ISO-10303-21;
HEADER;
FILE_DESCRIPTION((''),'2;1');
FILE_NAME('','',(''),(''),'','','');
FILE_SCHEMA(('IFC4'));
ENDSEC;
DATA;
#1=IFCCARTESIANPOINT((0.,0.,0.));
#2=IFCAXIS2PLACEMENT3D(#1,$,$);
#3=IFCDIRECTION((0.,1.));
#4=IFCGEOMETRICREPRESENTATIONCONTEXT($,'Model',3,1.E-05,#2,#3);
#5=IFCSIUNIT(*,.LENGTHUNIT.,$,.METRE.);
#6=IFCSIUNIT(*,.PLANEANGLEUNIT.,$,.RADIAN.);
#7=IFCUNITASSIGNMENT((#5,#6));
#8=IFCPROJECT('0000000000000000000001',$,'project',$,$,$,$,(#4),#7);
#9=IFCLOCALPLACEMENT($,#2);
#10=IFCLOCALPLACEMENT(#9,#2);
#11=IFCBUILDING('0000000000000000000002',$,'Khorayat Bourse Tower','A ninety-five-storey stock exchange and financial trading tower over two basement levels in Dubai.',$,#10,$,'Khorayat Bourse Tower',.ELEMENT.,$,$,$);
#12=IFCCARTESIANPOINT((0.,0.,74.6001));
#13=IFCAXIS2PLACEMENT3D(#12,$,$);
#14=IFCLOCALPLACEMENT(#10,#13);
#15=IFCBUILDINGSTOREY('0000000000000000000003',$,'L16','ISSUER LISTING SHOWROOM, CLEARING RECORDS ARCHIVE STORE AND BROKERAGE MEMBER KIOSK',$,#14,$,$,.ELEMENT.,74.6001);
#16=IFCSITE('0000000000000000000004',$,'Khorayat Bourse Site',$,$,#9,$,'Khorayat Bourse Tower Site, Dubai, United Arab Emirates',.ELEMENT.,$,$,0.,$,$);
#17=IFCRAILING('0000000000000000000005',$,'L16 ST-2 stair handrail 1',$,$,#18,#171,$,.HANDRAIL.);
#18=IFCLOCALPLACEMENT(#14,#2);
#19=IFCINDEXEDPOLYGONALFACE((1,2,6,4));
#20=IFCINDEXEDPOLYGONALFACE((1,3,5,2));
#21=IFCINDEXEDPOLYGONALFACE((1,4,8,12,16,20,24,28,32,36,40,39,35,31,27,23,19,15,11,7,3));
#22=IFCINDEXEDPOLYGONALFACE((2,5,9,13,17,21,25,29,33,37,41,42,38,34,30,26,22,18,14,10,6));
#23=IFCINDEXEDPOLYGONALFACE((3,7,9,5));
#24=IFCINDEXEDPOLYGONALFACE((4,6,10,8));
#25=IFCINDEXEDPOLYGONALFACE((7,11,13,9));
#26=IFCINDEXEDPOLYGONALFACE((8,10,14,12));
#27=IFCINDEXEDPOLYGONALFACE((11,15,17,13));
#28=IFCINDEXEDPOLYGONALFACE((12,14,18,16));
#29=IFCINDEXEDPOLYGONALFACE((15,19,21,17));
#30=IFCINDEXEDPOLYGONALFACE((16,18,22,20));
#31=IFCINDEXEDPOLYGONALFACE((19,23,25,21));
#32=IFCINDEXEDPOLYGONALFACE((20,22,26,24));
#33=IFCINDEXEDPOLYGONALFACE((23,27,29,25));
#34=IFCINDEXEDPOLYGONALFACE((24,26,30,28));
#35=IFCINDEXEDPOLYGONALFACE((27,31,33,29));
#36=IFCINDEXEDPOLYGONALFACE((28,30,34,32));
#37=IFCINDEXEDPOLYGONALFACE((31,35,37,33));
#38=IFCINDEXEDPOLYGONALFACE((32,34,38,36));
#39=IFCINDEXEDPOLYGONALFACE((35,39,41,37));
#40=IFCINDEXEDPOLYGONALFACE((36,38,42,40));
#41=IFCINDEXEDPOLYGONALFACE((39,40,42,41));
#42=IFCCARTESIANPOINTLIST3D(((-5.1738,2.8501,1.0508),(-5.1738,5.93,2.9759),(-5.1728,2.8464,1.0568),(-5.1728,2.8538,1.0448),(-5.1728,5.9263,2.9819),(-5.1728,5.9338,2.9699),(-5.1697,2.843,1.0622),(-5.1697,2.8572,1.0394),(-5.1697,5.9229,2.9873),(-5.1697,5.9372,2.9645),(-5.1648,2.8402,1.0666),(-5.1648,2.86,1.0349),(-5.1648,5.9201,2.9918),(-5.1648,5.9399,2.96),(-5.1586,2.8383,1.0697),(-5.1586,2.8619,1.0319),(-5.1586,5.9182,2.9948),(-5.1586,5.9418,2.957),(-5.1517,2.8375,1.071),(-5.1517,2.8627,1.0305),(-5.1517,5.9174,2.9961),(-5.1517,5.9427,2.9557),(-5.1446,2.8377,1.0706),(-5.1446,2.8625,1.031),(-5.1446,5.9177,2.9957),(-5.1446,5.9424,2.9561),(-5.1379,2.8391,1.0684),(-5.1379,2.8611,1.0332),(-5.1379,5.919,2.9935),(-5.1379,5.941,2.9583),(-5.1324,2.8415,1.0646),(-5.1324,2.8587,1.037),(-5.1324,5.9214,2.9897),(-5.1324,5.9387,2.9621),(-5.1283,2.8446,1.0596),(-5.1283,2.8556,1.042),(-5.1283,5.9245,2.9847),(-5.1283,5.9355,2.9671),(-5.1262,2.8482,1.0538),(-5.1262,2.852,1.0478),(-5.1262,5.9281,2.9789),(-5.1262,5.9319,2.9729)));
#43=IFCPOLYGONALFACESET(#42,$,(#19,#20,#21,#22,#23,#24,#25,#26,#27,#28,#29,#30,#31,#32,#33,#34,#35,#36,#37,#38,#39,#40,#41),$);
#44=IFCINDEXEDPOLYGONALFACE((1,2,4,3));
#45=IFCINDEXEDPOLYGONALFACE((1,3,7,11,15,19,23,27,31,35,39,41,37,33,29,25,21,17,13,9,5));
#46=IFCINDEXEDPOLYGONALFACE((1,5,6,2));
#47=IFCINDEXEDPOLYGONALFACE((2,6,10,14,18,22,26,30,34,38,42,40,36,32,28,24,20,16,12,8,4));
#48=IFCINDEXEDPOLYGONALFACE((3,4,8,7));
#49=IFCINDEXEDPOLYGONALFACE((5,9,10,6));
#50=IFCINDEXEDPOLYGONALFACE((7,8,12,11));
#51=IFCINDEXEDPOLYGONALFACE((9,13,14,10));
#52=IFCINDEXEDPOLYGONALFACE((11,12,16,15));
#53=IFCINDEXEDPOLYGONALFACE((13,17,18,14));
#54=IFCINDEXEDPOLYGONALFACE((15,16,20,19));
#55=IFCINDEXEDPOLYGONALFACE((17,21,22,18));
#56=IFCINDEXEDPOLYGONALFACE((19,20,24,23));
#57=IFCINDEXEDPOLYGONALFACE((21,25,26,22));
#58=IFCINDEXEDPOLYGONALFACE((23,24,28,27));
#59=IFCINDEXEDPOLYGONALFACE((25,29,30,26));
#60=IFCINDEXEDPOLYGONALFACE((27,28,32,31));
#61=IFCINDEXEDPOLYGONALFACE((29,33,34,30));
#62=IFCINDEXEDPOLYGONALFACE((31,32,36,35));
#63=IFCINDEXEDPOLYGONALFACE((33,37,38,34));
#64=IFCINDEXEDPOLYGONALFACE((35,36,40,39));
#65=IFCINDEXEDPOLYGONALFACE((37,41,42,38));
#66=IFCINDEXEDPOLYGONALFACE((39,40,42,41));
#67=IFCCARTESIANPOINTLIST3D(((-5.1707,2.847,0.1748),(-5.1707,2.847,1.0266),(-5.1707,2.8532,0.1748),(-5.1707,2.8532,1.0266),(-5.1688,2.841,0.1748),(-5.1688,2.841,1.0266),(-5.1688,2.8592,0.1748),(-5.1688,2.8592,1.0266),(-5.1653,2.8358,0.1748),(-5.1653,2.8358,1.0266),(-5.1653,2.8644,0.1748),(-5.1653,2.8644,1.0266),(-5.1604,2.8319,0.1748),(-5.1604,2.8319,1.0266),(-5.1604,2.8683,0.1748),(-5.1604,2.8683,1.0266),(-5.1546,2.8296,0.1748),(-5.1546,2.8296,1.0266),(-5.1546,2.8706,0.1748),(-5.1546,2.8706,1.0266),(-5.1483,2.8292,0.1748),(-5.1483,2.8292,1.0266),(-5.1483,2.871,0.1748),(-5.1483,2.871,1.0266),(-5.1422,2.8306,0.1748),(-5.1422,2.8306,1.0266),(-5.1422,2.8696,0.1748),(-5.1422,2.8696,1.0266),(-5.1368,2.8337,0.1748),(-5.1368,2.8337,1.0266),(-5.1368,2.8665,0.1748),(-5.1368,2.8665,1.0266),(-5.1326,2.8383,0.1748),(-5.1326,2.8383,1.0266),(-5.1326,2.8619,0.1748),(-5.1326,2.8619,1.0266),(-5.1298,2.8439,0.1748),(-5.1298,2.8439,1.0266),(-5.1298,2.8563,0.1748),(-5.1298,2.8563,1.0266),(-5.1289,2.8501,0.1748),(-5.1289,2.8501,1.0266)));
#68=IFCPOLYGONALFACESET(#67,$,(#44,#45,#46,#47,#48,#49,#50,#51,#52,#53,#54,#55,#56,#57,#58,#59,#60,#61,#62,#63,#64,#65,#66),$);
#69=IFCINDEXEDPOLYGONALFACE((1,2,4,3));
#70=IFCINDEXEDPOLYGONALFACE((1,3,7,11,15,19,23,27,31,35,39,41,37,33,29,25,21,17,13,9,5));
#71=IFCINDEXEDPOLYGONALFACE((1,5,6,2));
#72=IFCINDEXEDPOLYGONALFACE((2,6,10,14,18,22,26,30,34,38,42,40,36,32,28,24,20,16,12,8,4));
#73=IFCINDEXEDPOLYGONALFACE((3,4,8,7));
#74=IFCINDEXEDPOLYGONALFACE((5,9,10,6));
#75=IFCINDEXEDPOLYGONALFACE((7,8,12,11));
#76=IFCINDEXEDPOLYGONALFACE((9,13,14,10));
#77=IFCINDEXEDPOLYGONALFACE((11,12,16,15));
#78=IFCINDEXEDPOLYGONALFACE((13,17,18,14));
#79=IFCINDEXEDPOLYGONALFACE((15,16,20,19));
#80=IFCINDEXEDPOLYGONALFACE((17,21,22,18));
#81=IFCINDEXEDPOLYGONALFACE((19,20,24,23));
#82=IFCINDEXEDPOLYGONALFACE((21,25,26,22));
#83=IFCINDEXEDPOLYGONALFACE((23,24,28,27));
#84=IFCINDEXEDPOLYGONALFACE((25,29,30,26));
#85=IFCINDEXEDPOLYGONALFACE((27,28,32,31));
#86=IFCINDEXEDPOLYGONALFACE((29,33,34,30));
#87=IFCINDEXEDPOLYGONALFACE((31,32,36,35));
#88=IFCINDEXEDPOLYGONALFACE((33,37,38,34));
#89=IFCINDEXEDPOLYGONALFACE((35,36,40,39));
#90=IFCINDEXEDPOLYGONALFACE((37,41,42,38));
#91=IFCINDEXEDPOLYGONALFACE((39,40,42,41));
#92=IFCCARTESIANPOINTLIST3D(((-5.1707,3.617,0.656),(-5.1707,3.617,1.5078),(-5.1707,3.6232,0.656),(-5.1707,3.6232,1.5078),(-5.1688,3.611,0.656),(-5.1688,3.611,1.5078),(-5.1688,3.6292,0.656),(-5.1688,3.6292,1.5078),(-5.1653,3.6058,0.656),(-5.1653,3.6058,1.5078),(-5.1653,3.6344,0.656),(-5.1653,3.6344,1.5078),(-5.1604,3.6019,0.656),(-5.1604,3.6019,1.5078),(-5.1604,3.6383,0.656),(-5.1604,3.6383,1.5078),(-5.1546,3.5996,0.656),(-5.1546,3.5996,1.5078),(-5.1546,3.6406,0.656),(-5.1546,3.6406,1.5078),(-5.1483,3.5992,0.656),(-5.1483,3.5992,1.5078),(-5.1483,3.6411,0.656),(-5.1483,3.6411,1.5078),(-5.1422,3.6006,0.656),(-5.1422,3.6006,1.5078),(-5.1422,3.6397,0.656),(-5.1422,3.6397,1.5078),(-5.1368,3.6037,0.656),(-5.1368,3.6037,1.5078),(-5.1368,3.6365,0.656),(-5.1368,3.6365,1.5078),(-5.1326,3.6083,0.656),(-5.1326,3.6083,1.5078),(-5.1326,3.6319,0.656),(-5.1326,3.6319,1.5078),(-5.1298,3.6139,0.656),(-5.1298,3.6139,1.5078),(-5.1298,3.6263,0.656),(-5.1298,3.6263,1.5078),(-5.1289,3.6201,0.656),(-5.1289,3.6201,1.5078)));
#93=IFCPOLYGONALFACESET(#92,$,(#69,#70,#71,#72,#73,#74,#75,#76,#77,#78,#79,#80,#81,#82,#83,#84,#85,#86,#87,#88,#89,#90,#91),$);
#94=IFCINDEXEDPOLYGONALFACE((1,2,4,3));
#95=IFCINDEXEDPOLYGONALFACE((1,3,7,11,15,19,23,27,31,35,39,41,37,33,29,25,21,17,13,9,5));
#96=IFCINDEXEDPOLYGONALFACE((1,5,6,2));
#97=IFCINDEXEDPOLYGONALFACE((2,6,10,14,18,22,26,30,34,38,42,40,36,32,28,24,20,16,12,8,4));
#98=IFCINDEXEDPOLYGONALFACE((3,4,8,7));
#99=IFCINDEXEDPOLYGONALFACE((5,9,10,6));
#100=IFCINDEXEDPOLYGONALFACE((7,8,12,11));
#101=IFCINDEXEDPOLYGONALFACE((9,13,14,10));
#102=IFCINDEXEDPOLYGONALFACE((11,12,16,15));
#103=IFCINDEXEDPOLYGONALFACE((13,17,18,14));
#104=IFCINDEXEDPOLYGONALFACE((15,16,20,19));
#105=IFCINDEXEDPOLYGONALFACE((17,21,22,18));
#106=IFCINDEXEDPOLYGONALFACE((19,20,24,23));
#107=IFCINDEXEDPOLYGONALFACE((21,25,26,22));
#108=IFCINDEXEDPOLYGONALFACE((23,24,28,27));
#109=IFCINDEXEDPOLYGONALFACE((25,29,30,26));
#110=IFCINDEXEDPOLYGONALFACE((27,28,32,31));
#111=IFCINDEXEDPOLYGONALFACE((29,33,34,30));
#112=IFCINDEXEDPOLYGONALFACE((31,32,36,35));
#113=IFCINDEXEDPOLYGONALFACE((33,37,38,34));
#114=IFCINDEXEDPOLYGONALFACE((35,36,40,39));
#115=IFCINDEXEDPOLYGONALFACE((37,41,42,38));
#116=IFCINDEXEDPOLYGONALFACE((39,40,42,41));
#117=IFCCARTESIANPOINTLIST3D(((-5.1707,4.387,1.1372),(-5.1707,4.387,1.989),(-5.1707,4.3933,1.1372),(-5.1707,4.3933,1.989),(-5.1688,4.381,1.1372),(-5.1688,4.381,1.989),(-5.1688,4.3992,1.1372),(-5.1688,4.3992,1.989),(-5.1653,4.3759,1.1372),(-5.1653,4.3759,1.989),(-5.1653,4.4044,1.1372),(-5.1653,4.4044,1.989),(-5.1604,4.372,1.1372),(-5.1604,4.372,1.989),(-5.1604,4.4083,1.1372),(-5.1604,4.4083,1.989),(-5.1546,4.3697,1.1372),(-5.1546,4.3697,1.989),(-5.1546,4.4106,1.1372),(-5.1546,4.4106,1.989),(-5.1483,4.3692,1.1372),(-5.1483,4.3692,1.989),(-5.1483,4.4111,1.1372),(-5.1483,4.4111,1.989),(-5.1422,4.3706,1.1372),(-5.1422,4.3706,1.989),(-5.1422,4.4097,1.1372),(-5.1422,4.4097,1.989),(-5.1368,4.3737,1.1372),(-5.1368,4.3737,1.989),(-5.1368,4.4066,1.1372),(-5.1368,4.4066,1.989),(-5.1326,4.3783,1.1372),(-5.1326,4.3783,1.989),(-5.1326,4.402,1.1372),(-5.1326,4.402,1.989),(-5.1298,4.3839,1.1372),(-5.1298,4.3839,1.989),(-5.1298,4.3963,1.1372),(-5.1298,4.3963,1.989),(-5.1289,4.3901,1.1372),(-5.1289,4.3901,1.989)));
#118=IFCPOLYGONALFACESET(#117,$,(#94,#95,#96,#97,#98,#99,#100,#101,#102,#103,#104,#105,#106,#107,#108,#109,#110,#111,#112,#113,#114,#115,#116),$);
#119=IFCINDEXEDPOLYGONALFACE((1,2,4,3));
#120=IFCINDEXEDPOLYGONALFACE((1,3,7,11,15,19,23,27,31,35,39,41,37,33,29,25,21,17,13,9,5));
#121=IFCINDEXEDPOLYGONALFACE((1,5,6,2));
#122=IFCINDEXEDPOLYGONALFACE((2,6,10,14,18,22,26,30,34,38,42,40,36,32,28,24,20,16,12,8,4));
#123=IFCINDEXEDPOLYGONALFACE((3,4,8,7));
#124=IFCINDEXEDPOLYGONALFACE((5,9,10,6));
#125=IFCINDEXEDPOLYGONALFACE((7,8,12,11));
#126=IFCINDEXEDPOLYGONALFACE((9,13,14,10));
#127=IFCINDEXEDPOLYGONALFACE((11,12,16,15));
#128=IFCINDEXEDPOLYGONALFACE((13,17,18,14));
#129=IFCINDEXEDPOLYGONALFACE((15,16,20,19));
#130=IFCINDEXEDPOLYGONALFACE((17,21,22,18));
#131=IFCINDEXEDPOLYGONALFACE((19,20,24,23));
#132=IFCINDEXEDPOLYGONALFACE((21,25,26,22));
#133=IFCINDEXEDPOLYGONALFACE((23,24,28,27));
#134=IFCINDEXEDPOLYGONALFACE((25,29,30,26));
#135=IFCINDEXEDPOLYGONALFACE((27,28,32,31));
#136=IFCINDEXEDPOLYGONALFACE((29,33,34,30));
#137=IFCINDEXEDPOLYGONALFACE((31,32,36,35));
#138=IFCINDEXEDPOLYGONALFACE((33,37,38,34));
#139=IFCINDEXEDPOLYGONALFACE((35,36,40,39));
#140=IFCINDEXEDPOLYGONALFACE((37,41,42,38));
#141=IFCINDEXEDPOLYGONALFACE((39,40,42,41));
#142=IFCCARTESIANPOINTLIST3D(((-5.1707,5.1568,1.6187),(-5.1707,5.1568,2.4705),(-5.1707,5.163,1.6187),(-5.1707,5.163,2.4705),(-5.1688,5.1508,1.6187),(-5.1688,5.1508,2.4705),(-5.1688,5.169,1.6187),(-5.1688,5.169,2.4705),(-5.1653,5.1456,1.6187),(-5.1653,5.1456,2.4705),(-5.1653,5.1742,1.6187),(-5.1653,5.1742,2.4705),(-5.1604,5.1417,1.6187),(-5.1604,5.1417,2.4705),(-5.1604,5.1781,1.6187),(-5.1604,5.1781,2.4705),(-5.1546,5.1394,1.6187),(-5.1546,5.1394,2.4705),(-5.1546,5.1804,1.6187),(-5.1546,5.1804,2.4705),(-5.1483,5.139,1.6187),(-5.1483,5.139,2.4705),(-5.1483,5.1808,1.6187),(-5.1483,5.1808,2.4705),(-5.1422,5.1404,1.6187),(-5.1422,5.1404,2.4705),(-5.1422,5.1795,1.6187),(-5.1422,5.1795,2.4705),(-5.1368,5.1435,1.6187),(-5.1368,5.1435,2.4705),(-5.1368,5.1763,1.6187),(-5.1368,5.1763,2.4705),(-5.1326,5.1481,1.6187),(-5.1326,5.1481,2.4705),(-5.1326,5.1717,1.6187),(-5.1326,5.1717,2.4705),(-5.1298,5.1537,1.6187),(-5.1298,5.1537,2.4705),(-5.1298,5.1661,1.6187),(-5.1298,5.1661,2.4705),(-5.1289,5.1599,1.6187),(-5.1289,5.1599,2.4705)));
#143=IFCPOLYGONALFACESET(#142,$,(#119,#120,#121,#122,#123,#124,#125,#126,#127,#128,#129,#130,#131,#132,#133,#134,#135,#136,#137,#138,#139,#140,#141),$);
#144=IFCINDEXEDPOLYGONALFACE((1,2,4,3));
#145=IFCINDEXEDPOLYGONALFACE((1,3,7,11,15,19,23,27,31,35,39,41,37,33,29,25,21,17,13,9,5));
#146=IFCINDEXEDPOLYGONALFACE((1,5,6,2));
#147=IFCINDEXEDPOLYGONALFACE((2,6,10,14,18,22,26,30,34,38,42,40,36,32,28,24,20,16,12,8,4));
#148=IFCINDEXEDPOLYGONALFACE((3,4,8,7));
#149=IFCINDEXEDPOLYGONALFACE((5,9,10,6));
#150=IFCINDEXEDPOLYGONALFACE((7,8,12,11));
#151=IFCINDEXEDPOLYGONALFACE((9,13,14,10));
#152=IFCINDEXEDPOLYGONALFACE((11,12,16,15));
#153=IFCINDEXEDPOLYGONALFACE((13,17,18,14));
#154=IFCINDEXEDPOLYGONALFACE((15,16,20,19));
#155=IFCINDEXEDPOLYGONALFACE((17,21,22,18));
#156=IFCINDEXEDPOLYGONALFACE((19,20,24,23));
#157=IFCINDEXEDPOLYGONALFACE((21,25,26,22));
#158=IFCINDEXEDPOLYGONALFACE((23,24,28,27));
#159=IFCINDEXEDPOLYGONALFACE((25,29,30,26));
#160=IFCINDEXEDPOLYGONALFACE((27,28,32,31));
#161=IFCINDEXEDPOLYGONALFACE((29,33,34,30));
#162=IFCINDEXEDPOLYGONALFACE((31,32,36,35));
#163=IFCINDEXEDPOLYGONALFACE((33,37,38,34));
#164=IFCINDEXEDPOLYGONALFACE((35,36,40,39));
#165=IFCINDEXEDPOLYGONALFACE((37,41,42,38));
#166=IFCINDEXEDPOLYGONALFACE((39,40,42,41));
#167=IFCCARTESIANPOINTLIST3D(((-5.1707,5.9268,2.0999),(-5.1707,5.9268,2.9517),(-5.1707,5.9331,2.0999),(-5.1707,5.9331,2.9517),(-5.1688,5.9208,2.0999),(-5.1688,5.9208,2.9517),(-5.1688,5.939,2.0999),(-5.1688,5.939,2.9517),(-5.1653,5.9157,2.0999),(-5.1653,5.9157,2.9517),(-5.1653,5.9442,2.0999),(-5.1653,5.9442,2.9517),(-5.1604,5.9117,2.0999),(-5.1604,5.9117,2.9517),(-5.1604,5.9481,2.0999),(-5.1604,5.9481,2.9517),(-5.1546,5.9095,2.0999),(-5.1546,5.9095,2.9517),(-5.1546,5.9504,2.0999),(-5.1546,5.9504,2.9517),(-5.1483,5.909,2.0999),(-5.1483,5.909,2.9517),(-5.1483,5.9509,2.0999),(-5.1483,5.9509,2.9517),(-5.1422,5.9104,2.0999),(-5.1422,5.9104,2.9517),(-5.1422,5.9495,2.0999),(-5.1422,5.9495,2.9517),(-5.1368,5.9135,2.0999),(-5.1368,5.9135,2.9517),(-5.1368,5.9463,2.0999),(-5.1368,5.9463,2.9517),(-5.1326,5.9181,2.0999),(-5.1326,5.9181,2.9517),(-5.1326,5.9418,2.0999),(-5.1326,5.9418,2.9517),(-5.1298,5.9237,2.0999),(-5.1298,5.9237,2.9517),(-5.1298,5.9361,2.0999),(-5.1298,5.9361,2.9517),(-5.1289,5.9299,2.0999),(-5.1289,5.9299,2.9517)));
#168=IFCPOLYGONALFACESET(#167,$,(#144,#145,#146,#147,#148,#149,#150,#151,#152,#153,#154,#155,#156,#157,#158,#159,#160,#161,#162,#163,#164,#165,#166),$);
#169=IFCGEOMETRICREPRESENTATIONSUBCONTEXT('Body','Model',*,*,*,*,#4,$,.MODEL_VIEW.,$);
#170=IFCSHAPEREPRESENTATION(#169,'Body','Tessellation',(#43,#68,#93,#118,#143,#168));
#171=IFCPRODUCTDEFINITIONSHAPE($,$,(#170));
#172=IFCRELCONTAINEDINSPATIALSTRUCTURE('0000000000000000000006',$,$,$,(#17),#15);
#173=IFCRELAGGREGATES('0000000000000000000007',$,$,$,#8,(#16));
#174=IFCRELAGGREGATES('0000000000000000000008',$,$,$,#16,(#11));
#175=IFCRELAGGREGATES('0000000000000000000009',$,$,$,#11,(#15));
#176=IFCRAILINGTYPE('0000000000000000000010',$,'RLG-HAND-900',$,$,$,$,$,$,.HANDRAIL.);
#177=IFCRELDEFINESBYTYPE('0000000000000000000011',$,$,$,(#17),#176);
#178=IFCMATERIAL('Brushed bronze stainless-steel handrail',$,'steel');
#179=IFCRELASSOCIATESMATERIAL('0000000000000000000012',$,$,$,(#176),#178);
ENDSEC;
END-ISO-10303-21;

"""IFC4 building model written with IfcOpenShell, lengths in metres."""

from ifc_helpers import new_model, si_unit, direction, frame, origin, origin_2d, place, context, subcontext, project, spatial, circle, extrude, source, transform, mapped, material, type_object, element, save


model = new_model("IFC4")

# Units and contexts
model_context = context("Model", 3, precision=1e-05, world=origin(), true_north=direction((0.0, 1.0)))
body_context = subcontext(model_context, "Body", "Model", "MODEL_VIEW")
ifc_project = project(units=[si_unit("LENGTHUNIT", "METRE"), si_unit("PLANEANGLEUNIT", "RADIAN")], contexts=[model_context])

# Site, building, storey
site_placement = place(None, origin())
site = spatial("IfcSite", under=ifc_project, at=site_placement, Name="Khorayat Bourse Site", LongName="Khorayat Bourse Tower Site, Dubai, United Arab Emirates", CompositionType="ELEMENT", RefElevation=0.0)
building_placement = place(site_placement, origin())
building = spatial("IfcBuilding", under=site, at=building_placement, Name="Khorayat Bourse Tower", Description="A ninety-five-storey stock exchange and financial trading tower over two basement levels in Dubai.", LongName="Khorayat Bourse Tower", CompositionType="ELEMENT")
storey_placement = place(building_placement, frame((0.0, 0.0, 74.6001)))
storey = spatial("IfcBuildingStorey", under=building, at=storey_placement, Name="L16", Description="ISSUER LISTING SHOWROOM, CLEARING RECORDS ARCHIVE STORE AND BROKERAGE MEMBER KIOSK", CompositionType="ELEMENT", Elevation=74.6001)

# Railing
ifc_material_1 = material(Name="Brushed bronze stainless-steel handrail", Category="steel")
railing_type_1 = type_object("IfcRailingType", Name="RLG-HAND-900", PredefinedType="HANDRAIL", material=ifc_material_1)
shared_shape_1 = source(origin(), body_context, "Body", "SweptSolid", [
    extrude(circle(Radius=0.0239, at=origin_2d()), frame((0.0, 0.0, 0.876), z_axis=(0.0, 0.847979, 0.530029), x_axis=(-1.0, 0.0, 0.0)), (0.0, 0.0, 1.0), 3.6321),
    extrude(circle(Radius=0.021, at=origin_2d()), origin(), (0.0, 0.0, 1.0), 0.8518),
    extrude(circle(Radius=0.021, at=origin_2d()), frame((0.0, 0.77, 0.4812)), (0.0, 0.0, 1.0), 0.8518),
    extrude(circle(Radius=0.021, at=origin_2d()), frame((0.0, 1.54, 0.9624)), (0.0, 0.0, 1.0), 0.8518),
    extrude(circle(Radius=0.021, at=origin_2d()), frame((0.0, 2.3098, 1.4438)), (0.0, 0.0, 1.0), 0.8518),
    extrude(circle(Radius=0.021, at=origin_2d()), frame((0.0, 3.0798, 1.925)), (0.0, 0.0, 1.0), 0.8518),
])
railing_1_placement = place(storey_placement, frame((-5.1499, 2.8501, 0.1748)))
element("IfcRailing", 1, at=railing_1_placement, inside=storey, type_object=railing_type_1, Name="L16 ST-2 stair handrail 1", PredefinedType="HANDRAIL", context=body_context, shape_type="MappedRepresentation", body=[
    mapped(shared_shape_1, transform((0.0, 0.0, 0.0), scale=1.0)),
])

save(model, "model.ifc")
